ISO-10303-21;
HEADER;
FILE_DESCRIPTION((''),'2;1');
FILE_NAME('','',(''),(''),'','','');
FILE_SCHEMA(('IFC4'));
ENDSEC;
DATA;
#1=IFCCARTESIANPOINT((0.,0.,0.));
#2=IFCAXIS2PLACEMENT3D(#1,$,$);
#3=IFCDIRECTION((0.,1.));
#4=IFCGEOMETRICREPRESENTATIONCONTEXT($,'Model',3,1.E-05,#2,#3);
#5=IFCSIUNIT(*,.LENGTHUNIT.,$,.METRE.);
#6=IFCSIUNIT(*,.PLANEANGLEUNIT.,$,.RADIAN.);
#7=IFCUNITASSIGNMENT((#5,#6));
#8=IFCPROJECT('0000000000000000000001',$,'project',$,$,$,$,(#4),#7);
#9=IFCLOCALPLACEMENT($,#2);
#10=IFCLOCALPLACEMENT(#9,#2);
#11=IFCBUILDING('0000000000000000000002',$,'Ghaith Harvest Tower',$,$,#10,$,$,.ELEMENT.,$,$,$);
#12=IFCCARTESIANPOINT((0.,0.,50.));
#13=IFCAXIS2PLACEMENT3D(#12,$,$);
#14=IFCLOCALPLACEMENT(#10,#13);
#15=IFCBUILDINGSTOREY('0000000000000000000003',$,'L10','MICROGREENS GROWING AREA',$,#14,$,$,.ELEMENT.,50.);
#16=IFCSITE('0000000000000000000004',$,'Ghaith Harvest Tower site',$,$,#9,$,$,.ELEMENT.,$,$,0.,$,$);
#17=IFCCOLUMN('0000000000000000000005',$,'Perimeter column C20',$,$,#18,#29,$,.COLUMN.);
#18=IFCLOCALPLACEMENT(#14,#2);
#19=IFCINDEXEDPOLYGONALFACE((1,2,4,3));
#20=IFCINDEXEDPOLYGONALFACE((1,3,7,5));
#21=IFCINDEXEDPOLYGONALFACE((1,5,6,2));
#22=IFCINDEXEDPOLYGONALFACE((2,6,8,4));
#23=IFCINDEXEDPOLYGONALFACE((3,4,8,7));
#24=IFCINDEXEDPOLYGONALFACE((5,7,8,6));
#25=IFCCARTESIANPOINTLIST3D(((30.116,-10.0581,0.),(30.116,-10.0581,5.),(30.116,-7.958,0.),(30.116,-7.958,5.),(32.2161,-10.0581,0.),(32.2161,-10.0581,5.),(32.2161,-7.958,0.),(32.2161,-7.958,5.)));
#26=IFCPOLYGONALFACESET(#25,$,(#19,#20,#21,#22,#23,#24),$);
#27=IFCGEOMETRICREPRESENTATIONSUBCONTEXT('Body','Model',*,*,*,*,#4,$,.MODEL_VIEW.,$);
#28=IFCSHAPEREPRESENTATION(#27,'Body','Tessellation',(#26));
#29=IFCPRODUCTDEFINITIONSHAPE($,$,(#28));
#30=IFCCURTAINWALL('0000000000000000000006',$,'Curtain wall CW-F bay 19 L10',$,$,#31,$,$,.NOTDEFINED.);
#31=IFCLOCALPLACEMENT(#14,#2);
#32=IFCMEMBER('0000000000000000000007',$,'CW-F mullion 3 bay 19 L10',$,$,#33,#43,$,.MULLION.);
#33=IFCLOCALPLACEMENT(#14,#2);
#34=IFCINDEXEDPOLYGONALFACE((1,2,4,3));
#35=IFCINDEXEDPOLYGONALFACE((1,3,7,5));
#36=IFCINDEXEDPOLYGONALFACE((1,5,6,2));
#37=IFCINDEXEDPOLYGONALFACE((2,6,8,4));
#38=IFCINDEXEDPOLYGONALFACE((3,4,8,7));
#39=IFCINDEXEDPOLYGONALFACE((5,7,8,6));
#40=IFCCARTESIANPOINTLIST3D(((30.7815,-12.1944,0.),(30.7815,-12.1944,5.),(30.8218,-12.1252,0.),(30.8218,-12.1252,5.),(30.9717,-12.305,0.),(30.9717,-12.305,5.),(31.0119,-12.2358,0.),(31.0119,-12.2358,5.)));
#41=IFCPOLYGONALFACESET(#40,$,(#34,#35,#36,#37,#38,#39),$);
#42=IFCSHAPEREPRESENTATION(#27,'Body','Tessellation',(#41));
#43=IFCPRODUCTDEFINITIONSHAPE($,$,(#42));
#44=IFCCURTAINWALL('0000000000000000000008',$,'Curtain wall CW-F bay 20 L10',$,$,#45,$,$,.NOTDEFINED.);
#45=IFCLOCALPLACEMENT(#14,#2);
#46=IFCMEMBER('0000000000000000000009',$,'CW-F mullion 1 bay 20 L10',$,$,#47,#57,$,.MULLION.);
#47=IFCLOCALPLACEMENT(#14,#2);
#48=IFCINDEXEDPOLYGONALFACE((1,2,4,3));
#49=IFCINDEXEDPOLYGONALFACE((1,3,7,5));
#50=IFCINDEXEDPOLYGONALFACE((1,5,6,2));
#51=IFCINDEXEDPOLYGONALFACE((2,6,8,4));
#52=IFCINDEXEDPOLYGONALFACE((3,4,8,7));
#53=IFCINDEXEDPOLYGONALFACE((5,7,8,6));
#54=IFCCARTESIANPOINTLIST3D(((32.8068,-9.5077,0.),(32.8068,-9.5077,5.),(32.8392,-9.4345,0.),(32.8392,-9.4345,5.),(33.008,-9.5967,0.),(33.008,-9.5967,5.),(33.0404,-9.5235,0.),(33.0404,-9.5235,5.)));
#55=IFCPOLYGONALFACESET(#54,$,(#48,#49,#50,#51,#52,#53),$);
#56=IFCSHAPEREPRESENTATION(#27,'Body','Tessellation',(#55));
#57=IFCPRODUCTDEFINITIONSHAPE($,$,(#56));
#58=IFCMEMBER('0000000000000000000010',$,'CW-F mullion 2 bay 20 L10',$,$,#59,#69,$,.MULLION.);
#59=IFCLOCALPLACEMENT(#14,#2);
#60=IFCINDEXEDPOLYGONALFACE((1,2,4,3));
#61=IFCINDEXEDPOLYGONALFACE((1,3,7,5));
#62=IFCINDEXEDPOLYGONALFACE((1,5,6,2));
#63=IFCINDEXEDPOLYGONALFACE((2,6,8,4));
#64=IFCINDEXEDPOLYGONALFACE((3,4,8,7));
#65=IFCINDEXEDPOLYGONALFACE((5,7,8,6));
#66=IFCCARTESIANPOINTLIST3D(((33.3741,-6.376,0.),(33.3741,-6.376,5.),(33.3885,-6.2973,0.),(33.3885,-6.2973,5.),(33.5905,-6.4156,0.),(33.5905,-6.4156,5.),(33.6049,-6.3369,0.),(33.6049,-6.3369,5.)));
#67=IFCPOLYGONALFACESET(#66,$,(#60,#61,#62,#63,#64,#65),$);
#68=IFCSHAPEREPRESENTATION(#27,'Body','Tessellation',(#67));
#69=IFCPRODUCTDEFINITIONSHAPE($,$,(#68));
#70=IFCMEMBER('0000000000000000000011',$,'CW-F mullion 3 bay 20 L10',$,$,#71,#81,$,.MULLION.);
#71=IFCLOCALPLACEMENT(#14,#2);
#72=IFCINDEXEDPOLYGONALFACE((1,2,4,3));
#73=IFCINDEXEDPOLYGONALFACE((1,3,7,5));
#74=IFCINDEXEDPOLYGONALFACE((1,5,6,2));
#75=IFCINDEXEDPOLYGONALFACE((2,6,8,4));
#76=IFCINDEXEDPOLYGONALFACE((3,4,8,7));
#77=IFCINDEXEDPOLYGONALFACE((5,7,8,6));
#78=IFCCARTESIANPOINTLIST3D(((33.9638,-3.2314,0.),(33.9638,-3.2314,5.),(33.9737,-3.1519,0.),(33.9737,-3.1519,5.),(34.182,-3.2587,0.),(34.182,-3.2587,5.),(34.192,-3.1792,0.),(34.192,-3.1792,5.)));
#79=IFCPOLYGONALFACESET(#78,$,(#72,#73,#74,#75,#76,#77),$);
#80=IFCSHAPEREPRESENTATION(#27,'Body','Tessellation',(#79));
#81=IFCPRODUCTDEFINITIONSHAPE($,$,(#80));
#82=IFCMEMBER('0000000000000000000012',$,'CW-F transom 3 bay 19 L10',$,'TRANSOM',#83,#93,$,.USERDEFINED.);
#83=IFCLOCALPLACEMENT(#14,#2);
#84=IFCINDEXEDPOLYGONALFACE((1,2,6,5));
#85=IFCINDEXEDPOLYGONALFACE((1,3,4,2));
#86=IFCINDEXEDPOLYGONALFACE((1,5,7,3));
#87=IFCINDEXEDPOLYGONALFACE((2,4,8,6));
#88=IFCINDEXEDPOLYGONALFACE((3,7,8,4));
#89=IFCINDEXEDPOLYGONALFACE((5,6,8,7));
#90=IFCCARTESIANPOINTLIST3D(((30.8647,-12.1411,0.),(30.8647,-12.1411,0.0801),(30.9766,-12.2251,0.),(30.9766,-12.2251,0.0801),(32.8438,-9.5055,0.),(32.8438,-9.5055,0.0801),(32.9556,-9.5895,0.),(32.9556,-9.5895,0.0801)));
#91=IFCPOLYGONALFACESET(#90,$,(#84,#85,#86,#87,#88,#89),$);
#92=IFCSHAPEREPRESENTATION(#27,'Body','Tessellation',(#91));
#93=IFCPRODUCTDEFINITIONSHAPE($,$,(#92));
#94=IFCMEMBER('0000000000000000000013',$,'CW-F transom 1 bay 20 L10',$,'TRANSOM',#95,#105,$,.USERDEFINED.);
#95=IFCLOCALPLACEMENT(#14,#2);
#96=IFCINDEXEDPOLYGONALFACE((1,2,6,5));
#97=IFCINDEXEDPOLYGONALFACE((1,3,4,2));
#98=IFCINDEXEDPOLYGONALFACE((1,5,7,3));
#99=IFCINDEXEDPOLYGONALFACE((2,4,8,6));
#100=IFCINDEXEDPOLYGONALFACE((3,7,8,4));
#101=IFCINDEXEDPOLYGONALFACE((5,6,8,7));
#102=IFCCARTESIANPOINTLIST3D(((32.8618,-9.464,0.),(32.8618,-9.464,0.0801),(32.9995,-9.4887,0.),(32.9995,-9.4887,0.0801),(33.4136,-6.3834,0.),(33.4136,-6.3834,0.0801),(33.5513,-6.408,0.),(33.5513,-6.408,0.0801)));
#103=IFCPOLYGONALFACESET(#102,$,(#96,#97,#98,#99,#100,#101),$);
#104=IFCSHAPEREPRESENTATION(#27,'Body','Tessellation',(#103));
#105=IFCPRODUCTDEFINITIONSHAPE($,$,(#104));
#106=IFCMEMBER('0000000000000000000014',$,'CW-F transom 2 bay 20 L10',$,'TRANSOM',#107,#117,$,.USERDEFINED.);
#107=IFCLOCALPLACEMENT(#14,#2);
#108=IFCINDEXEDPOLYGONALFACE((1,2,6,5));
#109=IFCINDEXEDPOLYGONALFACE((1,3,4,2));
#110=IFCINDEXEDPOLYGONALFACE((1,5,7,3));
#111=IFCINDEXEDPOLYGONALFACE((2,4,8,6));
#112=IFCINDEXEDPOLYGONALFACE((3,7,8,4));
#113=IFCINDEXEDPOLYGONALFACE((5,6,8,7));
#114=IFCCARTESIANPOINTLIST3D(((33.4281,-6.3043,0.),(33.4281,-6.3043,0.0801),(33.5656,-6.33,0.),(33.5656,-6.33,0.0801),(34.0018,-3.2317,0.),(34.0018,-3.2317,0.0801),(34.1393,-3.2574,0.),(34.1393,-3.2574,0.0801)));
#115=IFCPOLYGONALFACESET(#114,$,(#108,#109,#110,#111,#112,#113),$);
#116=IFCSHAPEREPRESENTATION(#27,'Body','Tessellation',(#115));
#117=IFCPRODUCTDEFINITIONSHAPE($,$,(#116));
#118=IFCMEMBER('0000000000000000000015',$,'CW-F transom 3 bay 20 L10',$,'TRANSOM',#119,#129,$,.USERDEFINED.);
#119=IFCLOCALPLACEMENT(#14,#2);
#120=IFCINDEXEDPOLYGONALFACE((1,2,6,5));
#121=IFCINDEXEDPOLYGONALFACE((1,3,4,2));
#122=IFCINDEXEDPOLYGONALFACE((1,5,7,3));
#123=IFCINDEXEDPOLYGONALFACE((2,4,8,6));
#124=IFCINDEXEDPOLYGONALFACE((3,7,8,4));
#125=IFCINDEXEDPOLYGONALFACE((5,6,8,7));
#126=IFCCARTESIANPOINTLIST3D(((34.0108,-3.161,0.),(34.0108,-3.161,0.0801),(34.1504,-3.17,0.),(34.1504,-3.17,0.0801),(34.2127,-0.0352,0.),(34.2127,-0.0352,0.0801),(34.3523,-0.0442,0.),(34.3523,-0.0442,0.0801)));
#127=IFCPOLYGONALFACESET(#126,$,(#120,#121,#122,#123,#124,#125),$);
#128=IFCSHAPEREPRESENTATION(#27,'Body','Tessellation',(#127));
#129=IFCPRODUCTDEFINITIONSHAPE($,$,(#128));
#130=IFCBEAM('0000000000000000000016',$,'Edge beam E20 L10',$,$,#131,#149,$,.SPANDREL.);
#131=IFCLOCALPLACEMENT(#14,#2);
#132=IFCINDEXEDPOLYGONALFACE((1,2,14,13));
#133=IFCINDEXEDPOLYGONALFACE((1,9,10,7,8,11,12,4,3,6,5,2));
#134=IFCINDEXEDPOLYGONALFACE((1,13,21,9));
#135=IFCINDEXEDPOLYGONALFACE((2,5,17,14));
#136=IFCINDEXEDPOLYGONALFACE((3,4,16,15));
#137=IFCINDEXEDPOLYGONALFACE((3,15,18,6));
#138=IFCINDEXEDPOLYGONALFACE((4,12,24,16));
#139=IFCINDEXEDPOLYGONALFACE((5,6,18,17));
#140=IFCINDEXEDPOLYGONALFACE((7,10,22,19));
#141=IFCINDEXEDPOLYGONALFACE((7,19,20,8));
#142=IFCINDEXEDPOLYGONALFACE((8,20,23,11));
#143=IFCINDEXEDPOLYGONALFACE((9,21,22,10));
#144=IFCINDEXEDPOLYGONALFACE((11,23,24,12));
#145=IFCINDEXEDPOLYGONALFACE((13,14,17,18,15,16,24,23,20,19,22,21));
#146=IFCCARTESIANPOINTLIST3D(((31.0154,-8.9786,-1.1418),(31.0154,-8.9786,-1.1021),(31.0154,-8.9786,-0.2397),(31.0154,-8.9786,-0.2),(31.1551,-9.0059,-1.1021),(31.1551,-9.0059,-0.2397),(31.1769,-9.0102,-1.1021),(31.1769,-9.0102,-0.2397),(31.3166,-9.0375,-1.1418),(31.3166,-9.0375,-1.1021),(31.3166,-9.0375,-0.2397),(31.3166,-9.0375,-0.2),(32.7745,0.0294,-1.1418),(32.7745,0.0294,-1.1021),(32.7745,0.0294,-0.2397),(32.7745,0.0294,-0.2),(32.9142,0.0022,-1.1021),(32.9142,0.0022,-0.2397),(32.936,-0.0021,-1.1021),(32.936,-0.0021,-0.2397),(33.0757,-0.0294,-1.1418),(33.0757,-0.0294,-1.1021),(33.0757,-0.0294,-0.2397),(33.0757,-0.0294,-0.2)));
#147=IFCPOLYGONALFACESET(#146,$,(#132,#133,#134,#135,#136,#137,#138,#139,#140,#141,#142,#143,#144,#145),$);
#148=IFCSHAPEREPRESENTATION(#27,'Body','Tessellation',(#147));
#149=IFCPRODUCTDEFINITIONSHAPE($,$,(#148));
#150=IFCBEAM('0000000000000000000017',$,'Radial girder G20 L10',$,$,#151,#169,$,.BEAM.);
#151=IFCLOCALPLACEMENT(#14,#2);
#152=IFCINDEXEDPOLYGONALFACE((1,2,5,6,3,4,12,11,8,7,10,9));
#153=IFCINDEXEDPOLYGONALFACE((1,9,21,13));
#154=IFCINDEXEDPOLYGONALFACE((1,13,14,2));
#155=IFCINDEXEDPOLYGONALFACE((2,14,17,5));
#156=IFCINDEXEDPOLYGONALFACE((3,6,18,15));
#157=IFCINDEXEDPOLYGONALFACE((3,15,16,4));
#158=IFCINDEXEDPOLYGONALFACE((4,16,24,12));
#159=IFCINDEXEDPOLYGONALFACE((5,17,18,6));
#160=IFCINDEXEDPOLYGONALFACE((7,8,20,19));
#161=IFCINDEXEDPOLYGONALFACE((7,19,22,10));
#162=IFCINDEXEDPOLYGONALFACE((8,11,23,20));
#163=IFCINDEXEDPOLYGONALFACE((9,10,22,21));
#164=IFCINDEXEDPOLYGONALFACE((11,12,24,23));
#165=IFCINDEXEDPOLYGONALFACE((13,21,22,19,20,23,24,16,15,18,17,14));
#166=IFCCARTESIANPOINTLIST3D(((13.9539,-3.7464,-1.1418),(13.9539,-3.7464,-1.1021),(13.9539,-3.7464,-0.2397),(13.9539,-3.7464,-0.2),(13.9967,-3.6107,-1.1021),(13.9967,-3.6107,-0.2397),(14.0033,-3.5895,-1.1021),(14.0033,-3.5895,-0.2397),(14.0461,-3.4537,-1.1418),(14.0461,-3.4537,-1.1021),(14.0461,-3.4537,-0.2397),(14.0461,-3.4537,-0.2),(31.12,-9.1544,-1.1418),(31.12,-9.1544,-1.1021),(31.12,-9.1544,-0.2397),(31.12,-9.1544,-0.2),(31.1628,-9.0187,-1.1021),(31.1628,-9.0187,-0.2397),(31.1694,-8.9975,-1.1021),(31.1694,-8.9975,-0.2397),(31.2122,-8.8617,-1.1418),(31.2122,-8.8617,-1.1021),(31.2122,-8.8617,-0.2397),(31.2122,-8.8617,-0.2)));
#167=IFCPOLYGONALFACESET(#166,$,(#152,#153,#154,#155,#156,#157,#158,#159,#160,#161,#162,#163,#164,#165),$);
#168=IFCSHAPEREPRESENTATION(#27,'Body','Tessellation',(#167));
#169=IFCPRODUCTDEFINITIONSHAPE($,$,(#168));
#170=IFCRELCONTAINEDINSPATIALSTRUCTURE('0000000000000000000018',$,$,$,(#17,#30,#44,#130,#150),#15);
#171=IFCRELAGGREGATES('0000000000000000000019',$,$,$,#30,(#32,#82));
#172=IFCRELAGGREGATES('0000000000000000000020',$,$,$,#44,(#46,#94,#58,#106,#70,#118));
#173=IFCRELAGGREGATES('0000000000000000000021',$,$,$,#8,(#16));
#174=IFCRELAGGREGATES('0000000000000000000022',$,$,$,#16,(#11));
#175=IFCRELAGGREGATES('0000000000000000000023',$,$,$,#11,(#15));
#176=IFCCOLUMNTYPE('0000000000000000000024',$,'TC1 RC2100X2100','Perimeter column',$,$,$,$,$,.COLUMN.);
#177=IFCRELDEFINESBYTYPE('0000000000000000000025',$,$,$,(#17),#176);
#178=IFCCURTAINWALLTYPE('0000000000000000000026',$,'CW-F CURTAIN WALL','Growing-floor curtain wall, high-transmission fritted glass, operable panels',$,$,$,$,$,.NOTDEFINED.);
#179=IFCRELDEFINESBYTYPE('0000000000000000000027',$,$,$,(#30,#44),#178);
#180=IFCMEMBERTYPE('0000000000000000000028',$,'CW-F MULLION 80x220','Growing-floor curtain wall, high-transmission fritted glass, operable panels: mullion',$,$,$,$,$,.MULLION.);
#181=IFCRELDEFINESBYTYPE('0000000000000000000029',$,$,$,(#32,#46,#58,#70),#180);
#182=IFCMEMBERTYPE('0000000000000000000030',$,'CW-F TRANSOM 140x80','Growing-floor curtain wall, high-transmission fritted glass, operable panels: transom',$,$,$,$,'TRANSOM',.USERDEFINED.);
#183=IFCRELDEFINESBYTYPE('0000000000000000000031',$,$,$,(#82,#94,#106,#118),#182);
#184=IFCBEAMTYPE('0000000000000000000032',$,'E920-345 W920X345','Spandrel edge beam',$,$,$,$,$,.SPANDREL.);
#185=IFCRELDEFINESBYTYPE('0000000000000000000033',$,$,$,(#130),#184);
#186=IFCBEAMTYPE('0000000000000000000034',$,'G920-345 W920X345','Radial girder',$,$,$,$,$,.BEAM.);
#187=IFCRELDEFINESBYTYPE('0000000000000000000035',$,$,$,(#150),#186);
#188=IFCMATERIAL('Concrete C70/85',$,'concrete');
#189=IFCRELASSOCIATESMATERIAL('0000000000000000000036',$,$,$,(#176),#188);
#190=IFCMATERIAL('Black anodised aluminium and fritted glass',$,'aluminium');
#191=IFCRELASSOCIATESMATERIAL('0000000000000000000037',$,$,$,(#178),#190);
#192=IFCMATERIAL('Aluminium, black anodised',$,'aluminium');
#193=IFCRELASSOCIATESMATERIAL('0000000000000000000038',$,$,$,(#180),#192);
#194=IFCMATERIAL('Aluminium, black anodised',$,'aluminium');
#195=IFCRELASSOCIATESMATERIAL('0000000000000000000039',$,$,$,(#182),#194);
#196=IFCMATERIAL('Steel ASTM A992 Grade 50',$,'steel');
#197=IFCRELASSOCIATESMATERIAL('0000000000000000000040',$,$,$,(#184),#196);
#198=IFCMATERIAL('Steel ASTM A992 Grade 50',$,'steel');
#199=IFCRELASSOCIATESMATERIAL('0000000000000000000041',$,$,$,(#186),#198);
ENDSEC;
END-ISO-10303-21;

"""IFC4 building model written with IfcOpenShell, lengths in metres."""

from ifc_helpers import new_model, si_unit, direction, frame, origin, origin_2d, place, context, subcontext, project, spatial, rectangle, i_section, extrude, material, material_profile, profile_set, type_object, element, aggregate, save


model = new_model("IFC4")

# Units and contexts
model_context = context("Model", 3, precision=1e-05, world=origin(), true_north=direction((0.0, 1.0)))
body_context = subcontext(model_context, "Body", "Model", "MODEL_VIEW")
ifc_project = project(units=[si_unit("LENGTHUNIT", "METRE"), si_unit("PLANEANGLEUNIT", "RADIAN")], contexts=[model_context])

# Site, building, storey
site_placement = place(None, origin())
site = spatial("IfcSite", under=ifc_project, at=site_placement, Name="Ghaith Harvest Tower site", CompositionType="ELEMENT", RefElevation=0.0)
building_placement = place(site_placement, origin())
building = spatial("IfcBuilding", under=site, at=building_placement, Name="Ghaith Harvest Tower", CompositionType="ELEMENT")
storey_placement = place(building_placement, frame((0.0, 0.0, 50.0)))
storey = spatial("IfcBuildingStorey", under=building, at=storey_placement, Name="L10", Description="MICROGREENS GROWING AREA", CompositionType="ELEMENT", Elevation=50.0)

# Column
ifc_material_1 = material(Name="Concrete C70/85", Category="concrete")
ifc_material_profile_1 = material_profile(ifc_material_1, rectangle(XDim=2.1001, YDim=2.1001, at=origin_2d()), Name="RC2100X2100")
ifc_profile_set_1 = profile_set([ifc_material_profile_1], Name="Concrete C70/85")
column_type = type_object("IfcColumnType", Name="TC1 RC2100X2100", Description="Perimeter column", PredefinedType="COLUMN", material=ifc_profile_set_1)
column_placement = place(storey_placement, frame((31.166, -9.0081, 0.0), z_axis=(0.0, 0.0, 1.0), x_axis=(1.0, 0.0, 0.0)))
element("IfcColumn", 1, at=column_placement, inside=storey, type_object=column_type, Name="Perimeter column C20", PredefinedType="COLUMN", context=body_context, shape_type="SweptSolid", body=[
    extrude(rectangle(XDim=2.1001, YDim=2.1001, at=origin_2d()), origin(), (0.0, 0.0, 1.0), 5.0),
])

# Curtain wall, member
ifc_material_2 = material(Name="Black anodised aluminium and fritted glass", Category="aluminium")
curtain_wall_type = type_object("IfcCurtainWallType", Name="CW-F CURTAIN WALL", Description="Growing-floor curtain wall, high-transmission fritted glass, operable panels", PredefinedType="NOTDEFINED", material=ifc_material_2)
curtain_wall_1_placement = place(storey_placement, origin())
curtain_wall_1 = element("IfcCurtainWall", 2, at=curtain_wall_1_placement, inside=storey, type_object=curtain_wall_type, Name="Curtain wall CW-F bay 19 L10", PredefinedType="NOTDEFINED")
ifc_material_3 = material(Name="Aluminium, black anodised", Category="aluminium")
ifc_material_profile_2 = material_profile(ifc_material_3, rectangle(XDim=0.0801, YDim=0.22, at=origin_2d()), Name="CW-F MULLION 80x220")
ifc_profile_set_2 = profile_set([ifc_material_profile_2], Name="Aluminium, black anodised")
member_type_1 = type_object("IfcMemberType", Name="CW-F MULLION 80x220", Description="Growing-floor curtain wall, high-transmission fritted glass, operable panels: mullion", PredefinedType="MULLION", material=ifc_profile_set_2)
member_1_placement = place(storey_placement, frame((30.8967, -12.2151, 0.0), z_axis=(0.0, 0.0, 1.0), x_axis=(0.502795, 0.864406, 0.0)))
member_1 = element("IfcMember", 3, at=member_1_placement, type_object=member_type_1, Name="CW-F mullion 3 bay 19 L10", PredefinedType="MULLION", context=body_context, shape_type="SweptSolid", body=[
    extrude(rectangle(XDim=0.0801, YDim=0.22, at=origin_2d()), origin(), (0.0, 0.0, 1.0), 5.0),
])

# Curtain wall, members
curtain_wall_2_placement = place(storey_placement, origin())
curtain_wall_2 = element("IfcCurtainWall", 4, at=curtain_wall_2_placement, inside=storey, type_object=curtain_wall_type, Name="Curtain wall CW-F bay 20 L10", PredefinedType="NOTDEFINED")
member_2_placement = place(storey_placement, frame((32.9236, -9.5156, 0.0), z_axis=(0.0, 0.0, 1.0), x_axis=(0.404702, 0.914449, 0.0)))
member_2 = element("IfcMember", 5, at=member_2_placement, type_object=member_type_1, Name="CW-F mullion 1 bay 20 L10", PredefinedType="MULLION", context=body_context, shape_type="SweptSolid", body=[
    extrude(rectangle(XDim=0.0801, YDim=0.22, at=origin_2d()), origin(), (0.0, 0.0, 1.0), 5.0),
])
member_3_placement = place(storey_placement, frame((33.4895, -6.3564, 0.0), z_axis=(0.0, 0.0, 1.0), x_axis=(0.179943, 0.983677, 0.0)))
member_3 = element("IfcMember", 6, at=member_3_placement, type_object=member_type_1, Name="CW-F mullion 2 bay 20 L10", PredefinedType="MULLION", context=body_context, shape_type="SweptSolid", body=[
    extrude(rectangle(XDim=0.0801, YDim=0.22, at=origin_2d()), origin(), (0.0, 0.0, 1.0), 5.0),
])
member_4_placement = place(storey_placement, frame((34.0779, -3.2053, 0.0), z_axis=(0.0, 0.0, 1.0), x_axis=(0.12417, 0.992261, 0.0)))
member_4 = element("IfcMember", 7, at=member_4_placement, type_object=member_type_1, Name="CW-F mullion 3 bay 20 L10", PredefinedType="MULLION", context=body_context, shape_type="SweptSolid", body=[
    extrude(rectangle(XDim=0.0801, YDim=0.22, at=origin_2d()), origin(), (0.0, 0.0, 1.0), 5.0),
])

# Members
ifc_material_4 = material(Name="Aluminium, black anodised", Category="aluminium")
ifc_material_profile_3 = material_profile(ifc_material_4, rectangle(XDim=0.1399, YDim=0.0801, at=origin_2d()), Name="CW-F TRANSOM 140x80")
ifc_profile_set_3 = profile_set([ifc_material_profile_3], Name="Aluminium, black anodised")
member_type_2 = type_object("IfcMemberType", Name="CW-F TRANSOM 140x80", Description="Growing-floor curtain wall, high-transmission fritted glass, operable panels: transom", ElementType="TRANSOM", PredefinedType="USERDEFINED", material=ifc_profile_set_3)
member_5_placement = place(storey_placement, frame((30.9207, -12.1831, 0.04), z_axis=(0.600462, 0.799653, 0.0), x_axis=(-0.799653, 0.600462, 0.0)))
member_5 = element("IfcMember", 8, at=member_5_placement, type_object=member_type_2, Name="CW-F transom 3 bay 19 L10", ObjectType="TRANSOM", PredefinedType="USERDEFINED", context=body_context, shape_type="SweptSolid", body=[
    extrude(rectangle(XDim=0.1399, YDim=0.0801, at=origin_2d()), origin(), (0.0, 0.0, 1.0), 3.2959),
])
member_6_placement = place(storey_placement, frame((32.9307, -9.4763, 0.04), z_axis=(0.176304, 0.984336, 0.0), x_axis=(-0.984336, 0.176304, 0.0)))
member_6 = element("IfcMember", 9, at=member_6_placement, type_object=member_type_2, Name="CW-F transom 1 bay 20 L10", ObjectType="TRANSOM", PredefinedType="USERDEFINED", context=body_context, shape_type="SweptSolid", body=[
    extrude(rectangle(XDim=0.1399, YDim=0.0801, at=origin_2d()), origin(), (0.0, 0.0, 1.0), 3.1296),
])
member_7_placement = place(storey_placement, frame((33.4968, -6.3171, 0.04), z_axis=(0.183557, 0.983009, 0.0), x_axis=(-0.983009, 0.183557, 0.0)))
member_7 = element("IfcMember", 10, at=member_7_placement, type_object=member_type_2, Name="CW-F transom 2 bay 20 L10", ObjectType="TRANSOM", PredefinedType="USERDEFINED", context=body_context, shape_type="SweptSolid", body=[
    extrude(rectangle(XDim=0.1399, YDim=0.0801, at=origin_2d()), origin(), (0.0, 0.0, 1.0), 3.1257),
])
member_8_placement = place(storey_placement, frame((34.0806, -3.1655, 0.04), z_axis=(0.06446, 0.99792, 0.0), x_axis=(-0.99792, 0.06446, 0.0)))
member_8 = element("IfcMember", 11, at=member_8_placement, type_object=member_type_2, Name="CW-F transom 3 bay 20 L10", ObjectType="TRANSOM", PredefinedType="USERDEFINED", context=body_context, shape_type="SweptSolid", body=[
    extrude(rectangle(XDim=0.1399, YDim=0.0801, at=origin_2d()), origin(), (0.0, 0.0, 1.0), 3.1323),
])

# Beams
ifc_material_5 = material(Name="Steel ASTM A992 Grade 50", Category="steel")
ifc_material_profile_4 = material_profile(ifc_material_5, i_section(OverallWidth=0.3069, OverallDepth=0.9419, WebThickness=0.0222, FlangeThickness=0.0398, at=origin_2d()), Name="W920X345")
ifc_profile_set_4 = profile_set([ifc_material_profile_4], Name="Steel ASTM A992 Grade 50")
beam_type_1 = type_object("IfcBeamType", Name="E920-345 W920X345", Description="Spandrel edge beam", PredefinedType="SPANDREL", material=ifc_profile_set_4)
beam_1_placement = place(storey_placement, frame((31.166, -9.0081, -0.6709), z_axis=(0.191653, 0.981463, 0.0), x_axis=(-0.981463, 0.191653, 0.0)))
element("IfcBeam", 12, at=beam_1_placement, inside=storey, type_object=beam_type_1, Name="Edge beam E20 L10", PredefinedType="SPANDREL", context=body_context, shape_type="SweptSolid", body=[
    extrude(i_section(OverallWidth=0.3069, OverallDepth=0.9419, WebThickness=0.0222, FlangeThickness=0.0398, at=origin_2d()), origin(), (0.0, 0.0, 1.0), 9.1782),
])
ifc_material_6 = material(Name="Steel ASTM A992 Grade 50", Category="steel")
ifc_material_profile_5 = material_profile(ifc_material_6, i_section(OverallWidth=0.3069, OverallDepth=0.9419, WebThickness=0.0222, FlangeThickness=0.0398, at=origin_2d()), Name="W920X345")
ifc_profile_set_5 = profile_set([ifc_material_profile_5], Name="Steel ASTM A992 Grade 50")
beam_type_2 = type_object("IfcBeamType", Name="G920-345 W920X345", Description="Radial girder", PredefinedType="BEAM", material=ifc_profile_set_5)
beam_2_placement = place(storey_placement, frame((14.0, -3.6001, -0.6709), z_axis=(0.953788, -0.30048, 0.0), x_axis=(0.30048, 0.953788, 0.0)))
element("IfcBeam", 13, at=beam_2_placement, inside=storey, type_object=beam_type_2, Name="Radial girder G20 L10", PredefinedType="BEAM", context=body_context, shape_type="SweptSolid", body=[
    extrude(i_section(OverallWidth=0.3069, OverallDepth=0.9419, WebThickness=0.0222, FlangeThickness=0.0398, at=origin_2d()), origin(), (0.0, 0.0, 1.0), 17.9978),
])

aggregate(curtain_wall_1, [member_1, member_5])
aggregate(curtain_wall_2, [member_2, member_6, member_3, member_7, member_4, member_8])

save(model, "model.ifc")
